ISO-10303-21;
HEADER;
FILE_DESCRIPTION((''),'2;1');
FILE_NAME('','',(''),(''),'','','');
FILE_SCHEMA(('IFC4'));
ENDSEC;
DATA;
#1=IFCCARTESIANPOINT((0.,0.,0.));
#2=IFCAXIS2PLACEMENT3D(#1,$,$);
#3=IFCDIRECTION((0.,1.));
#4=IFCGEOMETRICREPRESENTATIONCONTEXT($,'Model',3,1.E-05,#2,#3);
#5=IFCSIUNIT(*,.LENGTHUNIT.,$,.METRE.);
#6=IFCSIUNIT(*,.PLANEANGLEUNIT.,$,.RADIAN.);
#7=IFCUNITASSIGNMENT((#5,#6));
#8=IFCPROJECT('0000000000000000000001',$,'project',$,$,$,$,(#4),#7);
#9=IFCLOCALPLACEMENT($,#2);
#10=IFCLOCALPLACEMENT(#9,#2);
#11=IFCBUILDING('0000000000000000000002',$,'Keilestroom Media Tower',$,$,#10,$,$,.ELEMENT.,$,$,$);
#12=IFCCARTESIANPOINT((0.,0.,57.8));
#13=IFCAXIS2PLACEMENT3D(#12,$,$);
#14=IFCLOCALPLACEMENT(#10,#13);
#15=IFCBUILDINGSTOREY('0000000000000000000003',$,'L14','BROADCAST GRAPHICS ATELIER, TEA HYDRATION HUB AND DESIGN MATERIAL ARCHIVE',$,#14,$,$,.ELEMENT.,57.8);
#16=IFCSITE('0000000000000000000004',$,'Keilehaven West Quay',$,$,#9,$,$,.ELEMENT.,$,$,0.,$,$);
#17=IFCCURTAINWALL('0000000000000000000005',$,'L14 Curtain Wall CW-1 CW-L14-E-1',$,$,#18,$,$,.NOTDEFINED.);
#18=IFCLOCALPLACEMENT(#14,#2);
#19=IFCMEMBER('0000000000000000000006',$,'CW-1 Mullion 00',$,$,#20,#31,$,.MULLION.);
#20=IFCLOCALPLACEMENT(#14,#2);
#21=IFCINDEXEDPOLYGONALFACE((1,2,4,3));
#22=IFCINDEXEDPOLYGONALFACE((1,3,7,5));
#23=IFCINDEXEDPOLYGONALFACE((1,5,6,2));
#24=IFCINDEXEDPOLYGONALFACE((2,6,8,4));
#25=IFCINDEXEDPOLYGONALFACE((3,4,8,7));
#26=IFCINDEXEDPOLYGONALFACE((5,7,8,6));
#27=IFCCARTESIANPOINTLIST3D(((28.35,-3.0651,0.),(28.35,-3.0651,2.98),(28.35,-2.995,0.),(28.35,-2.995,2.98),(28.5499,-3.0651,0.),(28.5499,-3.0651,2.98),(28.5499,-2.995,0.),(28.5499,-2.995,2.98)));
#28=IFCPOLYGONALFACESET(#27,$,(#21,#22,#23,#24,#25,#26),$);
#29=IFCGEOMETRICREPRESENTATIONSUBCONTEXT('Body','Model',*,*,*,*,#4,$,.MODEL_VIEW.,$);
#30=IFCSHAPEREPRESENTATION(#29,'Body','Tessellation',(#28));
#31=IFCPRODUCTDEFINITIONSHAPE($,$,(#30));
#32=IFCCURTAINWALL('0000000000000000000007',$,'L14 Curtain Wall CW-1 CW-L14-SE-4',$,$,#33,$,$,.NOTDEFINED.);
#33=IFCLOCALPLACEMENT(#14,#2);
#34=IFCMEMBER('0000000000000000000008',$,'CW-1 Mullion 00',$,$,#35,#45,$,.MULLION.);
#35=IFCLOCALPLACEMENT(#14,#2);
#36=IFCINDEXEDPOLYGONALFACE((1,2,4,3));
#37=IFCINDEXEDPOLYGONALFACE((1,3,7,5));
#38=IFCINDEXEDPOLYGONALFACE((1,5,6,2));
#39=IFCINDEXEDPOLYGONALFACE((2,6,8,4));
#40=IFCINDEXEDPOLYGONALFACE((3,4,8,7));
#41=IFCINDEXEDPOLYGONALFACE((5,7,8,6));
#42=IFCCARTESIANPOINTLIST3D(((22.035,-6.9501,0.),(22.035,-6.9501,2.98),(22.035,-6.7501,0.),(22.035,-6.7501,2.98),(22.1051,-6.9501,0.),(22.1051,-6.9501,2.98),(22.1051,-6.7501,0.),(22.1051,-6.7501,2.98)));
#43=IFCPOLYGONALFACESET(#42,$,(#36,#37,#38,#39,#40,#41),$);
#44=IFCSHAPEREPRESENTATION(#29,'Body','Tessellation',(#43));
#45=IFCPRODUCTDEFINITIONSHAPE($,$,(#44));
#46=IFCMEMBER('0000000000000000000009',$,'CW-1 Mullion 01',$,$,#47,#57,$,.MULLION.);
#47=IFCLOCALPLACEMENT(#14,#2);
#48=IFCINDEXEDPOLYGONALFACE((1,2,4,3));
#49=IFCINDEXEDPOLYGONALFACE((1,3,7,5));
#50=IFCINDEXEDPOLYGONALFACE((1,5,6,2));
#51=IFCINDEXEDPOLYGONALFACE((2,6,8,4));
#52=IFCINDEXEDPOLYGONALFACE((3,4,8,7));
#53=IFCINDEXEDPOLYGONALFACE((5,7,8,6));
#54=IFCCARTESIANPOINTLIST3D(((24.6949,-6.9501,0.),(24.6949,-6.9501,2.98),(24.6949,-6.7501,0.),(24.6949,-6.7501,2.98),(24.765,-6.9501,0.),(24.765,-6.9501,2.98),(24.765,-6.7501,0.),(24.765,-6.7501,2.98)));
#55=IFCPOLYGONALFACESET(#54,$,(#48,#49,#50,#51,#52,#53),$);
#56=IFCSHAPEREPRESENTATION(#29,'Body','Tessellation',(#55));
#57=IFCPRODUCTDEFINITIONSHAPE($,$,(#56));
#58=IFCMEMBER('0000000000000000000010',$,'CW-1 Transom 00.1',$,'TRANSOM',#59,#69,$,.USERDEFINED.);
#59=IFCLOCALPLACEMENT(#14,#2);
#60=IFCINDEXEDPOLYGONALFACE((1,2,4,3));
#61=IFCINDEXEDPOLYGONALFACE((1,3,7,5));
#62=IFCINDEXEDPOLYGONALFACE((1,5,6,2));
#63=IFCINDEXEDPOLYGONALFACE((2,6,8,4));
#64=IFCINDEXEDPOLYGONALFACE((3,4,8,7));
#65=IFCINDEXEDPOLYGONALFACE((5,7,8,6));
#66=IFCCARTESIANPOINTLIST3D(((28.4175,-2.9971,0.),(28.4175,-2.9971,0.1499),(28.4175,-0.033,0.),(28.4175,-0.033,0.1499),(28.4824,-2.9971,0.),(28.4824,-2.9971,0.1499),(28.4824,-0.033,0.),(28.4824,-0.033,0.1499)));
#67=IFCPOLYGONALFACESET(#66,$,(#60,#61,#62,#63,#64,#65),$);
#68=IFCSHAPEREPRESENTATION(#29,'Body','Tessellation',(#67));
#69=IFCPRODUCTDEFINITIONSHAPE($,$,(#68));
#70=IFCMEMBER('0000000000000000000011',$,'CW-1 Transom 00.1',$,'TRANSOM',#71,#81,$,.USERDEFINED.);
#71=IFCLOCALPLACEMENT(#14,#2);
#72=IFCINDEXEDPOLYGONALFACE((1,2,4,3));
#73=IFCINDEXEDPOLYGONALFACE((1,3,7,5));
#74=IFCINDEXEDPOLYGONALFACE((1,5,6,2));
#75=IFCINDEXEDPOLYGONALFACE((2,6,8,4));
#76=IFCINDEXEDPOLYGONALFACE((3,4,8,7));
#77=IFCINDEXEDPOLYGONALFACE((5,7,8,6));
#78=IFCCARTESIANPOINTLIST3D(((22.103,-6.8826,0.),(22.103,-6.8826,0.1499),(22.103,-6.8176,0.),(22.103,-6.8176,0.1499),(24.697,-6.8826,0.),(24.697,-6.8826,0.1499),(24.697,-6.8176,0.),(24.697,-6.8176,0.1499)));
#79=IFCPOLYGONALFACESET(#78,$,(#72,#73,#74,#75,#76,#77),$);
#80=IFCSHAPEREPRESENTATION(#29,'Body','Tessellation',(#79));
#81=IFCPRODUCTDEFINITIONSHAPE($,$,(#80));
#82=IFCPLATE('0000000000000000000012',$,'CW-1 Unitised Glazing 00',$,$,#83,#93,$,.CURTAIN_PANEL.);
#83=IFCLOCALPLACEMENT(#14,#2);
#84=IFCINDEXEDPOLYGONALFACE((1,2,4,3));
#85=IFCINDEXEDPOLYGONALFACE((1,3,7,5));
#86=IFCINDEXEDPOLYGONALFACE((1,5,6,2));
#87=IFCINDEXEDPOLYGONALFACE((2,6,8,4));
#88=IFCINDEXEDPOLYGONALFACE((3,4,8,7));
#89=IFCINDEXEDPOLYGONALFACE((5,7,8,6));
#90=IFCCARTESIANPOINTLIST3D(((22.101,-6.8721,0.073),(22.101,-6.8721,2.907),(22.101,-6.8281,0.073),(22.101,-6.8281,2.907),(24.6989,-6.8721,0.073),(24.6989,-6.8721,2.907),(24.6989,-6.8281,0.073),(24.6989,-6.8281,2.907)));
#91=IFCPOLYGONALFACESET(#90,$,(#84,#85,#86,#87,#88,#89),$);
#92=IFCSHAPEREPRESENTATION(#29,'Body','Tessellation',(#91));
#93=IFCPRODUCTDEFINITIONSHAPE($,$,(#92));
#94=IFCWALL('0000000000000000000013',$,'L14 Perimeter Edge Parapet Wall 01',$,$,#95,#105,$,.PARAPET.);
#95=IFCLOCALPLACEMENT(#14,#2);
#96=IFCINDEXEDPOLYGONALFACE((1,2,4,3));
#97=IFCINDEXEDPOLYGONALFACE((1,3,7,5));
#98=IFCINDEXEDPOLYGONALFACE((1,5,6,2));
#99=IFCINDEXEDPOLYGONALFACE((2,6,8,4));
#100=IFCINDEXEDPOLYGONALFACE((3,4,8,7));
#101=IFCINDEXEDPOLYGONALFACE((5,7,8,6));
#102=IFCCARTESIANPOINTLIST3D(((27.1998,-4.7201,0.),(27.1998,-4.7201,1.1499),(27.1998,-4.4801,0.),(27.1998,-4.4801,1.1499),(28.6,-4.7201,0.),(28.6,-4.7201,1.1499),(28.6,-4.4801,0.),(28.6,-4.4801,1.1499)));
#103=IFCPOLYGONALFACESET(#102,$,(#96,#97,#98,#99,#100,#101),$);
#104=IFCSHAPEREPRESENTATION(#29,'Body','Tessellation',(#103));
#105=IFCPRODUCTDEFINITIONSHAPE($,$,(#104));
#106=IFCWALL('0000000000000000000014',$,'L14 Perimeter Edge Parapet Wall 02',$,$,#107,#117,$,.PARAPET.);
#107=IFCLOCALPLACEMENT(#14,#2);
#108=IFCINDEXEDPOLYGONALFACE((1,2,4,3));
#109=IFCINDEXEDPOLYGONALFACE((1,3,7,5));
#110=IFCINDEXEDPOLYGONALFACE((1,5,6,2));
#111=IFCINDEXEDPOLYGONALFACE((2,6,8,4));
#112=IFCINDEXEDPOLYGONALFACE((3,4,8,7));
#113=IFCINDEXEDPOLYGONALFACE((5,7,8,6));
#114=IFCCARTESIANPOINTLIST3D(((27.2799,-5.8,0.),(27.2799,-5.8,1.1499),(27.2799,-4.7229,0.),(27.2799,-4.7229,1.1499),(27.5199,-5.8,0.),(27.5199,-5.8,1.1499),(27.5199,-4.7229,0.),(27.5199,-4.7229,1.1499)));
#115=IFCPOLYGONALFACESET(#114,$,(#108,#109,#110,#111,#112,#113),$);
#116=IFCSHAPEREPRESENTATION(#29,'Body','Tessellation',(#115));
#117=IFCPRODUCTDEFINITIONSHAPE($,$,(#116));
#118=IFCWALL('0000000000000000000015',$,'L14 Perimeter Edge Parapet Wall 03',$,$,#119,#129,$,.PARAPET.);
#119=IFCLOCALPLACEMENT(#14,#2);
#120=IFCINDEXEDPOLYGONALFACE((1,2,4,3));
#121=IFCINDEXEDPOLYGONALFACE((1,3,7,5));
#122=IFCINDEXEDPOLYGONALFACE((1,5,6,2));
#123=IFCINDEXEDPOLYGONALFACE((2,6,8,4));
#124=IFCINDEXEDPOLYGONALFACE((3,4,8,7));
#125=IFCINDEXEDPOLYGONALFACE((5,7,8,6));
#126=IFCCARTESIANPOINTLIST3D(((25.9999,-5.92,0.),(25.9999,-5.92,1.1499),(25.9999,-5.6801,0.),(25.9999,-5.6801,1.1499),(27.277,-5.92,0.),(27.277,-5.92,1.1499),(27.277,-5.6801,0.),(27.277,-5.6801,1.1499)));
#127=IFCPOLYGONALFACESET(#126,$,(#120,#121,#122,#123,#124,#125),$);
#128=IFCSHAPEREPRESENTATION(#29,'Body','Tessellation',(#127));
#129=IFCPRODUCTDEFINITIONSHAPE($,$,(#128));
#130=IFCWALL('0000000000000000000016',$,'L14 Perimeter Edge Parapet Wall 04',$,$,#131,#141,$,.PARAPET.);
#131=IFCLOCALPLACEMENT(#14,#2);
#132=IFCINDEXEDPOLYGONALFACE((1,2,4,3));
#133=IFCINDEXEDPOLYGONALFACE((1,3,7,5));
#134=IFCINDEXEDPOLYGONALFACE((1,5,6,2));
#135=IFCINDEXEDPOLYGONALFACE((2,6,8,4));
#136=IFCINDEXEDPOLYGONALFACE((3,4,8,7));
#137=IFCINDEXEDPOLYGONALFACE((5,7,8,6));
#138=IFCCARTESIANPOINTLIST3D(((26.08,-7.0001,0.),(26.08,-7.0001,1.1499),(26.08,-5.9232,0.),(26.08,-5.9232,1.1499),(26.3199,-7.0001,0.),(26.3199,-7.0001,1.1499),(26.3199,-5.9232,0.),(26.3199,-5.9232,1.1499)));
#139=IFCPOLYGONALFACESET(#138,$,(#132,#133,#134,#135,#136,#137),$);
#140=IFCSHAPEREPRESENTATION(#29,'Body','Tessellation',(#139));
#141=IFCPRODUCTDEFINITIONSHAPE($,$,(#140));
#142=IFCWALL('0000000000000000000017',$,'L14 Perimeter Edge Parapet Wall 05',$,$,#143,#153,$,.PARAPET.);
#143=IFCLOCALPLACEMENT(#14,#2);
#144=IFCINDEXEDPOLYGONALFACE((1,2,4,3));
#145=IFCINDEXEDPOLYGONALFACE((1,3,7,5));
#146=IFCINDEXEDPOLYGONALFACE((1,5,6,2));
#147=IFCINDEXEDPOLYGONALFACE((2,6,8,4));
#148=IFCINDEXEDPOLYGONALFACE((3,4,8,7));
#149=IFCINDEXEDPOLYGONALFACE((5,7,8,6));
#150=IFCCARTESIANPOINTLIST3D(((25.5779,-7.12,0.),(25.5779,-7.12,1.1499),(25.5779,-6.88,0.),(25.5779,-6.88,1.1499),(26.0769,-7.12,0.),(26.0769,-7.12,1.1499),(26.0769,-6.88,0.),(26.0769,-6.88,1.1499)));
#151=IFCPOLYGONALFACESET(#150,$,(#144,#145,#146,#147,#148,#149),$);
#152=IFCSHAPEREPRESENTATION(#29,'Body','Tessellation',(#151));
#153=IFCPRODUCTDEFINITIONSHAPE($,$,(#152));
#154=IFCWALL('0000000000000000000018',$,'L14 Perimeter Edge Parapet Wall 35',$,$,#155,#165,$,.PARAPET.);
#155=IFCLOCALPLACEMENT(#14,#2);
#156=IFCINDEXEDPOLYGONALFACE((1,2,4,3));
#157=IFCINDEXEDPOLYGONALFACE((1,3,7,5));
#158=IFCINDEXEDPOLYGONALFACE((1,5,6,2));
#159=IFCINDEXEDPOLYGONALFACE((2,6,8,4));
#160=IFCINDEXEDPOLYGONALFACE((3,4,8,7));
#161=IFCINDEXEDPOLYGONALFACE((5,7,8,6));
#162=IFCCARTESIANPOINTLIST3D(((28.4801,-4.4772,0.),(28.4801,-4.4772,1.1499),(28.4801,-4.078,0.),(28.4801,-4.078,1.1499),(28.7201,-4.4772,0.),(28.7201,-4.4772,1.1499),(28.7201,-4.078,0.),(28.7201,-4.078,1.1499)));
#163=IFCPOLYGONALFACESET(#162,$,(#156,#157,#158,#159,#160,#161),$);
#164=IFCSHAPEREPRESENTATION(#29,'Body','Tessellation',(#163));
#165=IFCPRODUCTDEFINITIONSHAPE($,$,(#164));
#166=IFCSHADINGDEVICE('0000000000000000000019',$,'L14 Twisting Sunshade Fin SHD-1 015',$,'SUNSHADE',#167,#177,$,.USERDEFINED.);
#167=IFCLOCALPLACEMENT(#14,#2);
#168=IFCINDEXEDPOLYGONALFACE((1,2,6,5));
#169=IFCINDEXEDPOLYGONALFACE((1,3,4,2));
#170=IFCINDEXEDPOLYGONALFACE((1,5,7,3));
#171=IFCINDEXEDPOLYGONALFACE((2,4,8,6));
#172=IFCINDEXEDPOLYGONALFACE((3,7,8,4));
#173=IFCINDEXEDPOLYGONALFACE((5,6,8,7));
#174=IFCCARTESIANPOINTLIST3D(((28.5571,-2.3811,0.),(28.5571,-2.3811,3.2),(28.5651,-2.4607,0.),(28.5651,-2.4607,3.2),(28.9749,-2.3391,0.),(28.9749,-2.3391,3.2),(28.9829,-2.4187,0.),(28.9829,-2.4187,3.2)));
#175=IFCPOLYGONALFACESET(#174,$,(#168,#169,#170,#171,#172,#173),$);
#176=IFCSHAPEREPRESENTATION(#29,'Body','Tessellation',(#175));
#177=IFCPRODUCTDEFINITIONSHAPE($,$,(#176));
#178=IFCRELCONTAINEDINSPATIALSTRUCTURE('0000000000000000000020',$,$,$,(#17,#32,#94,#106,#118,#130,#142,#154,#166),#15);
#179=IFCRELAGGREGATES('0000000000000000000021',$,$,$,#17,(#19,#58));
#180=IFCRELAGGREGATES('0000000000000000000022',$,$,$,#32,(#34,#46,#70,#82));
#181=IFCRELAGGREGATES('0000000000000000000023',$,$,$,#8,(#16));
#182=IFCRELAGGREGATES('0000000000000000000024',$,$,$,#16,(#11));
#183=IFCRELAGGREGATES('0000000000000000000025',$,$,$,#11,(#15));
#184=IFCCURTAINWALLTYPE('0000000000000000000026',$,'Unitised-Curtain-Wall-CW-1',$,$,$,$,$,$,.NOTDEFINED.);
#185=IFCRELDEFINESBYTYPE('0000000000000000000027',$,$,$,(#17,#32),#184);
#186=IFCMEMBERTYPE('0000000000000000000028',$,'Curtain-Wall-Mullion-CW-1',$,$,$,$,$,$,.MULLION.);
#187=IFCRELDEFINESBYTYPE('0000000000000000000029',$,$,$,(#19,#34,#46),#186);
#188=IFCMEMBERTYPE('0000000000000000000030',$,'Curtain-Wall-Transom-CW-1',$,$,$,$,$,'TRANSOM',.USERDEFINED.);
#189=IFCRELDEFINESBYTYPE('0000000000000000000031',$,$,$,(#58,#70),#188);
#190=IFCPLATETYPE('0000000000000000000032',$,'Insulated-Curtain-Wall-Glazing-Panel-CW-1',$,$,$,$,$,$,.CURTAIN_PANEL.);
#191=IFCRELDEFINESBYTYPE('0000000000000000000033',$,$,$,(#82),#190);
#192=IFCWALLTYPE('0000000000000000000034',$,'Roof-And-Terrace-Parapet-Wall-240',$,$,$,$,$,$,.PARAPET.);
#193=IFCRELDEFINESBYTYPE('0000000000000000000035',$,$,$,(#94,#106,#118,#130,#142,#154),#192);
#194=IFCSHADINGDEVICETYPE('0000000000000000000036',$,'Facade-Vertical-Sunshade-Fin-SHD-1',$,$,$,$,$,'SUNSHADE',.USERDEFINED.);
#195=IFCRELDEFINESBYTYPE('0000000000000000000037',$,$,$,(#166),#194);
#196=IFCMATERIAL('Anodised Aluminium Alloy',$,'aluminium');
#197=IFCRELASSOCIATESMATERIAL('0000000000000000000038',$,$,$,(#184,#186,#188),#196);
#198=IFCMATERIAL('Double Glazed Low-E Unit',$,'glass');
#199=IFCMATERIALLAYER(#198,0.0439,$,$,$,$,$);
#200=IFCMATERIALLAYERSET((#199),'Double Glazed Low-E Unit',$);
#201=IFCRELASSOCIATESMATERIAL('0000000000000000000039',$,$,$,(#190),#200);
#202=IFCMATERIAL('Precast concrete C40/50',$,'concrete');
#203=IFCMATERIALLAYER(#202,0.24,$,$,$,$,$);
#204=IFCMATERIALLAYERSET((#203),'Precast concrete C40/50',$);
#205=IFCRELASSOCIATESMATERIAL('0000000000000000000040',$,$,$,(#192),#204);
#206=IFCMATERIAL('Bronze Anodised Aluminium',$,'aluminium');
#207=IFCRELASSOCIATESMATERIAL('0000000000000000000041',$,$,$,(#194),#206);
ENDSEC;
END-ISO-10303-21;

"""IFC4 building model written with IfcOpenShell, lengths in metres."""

from ifc_helpers import new_model, si_unit, direction, frame, frame_2d, origin, origin_2d, place, context, subcontext, project, spatial, rectangle, extrude, source, transform, mapped, material, layer, layer_set, material_profile, profile_set, type_object, element, aggregate, save


model = new_model("IFC4")

# Units and contexts
model_context = context("Model", 3, precision=1e-05, world=origin(), true_north=direction((0.0, 1.0)))
body_context = subcontext(model_context, "Body", "Model", "MODEL_VIEW")
ifc_project = project(units=[si_unit("LENGTHUNIT", "METRE"), si_unit("PLANEANGLEUNIT", "RADIAN")], contexts=[model_context])

# Site, building, storey
site_placement = place(None, origin())
site = spatial("IfcSite", under=ifc_project, at=site_placement, Name="Keilehaven West Quay", CompositionType="ELEMENT", RefElevation=0.0)
building_placement = place(site_placement, origin())
building = spatial("IfcBuilding", under=site, at=building_placement, Name="Keilestroom Media Tower", CompositionType="ELEMENT")
storey_placement = place(building_placement, frame((0.0, 0.0, 57.8)))
storey = spatial("IfcBuildingStorey", under=building, at=storey_placement, Name="L14", Description="BROADCAST GRAPHICS ATELIER, TEA HYDRATION HUB AND DESIGN MATERIAL ARCHIVE", CompositionType="ELEMENT", Elevation=57.8)

# Shared definitions
ifc_material_1 = material(Name="Precast concrete C40/50", Category="concrete")

# Curtain wall, member
ifc_material_2 = material(Name="Anodised Aluminium Alloy", Category="aluminium")
curtain_wall_type = type_object("IfcCurtainWallType", Name="Unitised-Curtain-Wall-CW-1", PredefinedType="NOTDEFINED", material=ifc_material_2)
curtain_wall_1_placement = place(storey_placement, origin())
curtain_wall_1 = element("IfcCurtainWall", 1, at=curtain_wall_1_placement, inside=storey, type_object=curtain_wall_type, Name="L14 Curtain Wall CW-1 CW-L14-E-1", PredefinedType="NOTDEFINED")
ifc_material_profile_1 = material_profile(ifc_material_2, rectangle(XDim=0.0701, YDim=0.2, at=origin_2d()), Name="ALU MULLION 70x200")
ifc_profile_set_1 = profile_set([ifc_material_profile_1], Name="Anodised Aluminium Alloy")
member_type_1 = type_object("IfcMemberType", Name="Curtain-Wall-Mullion-CW-1", PredefinedType="MULLION", material=ifc_profile_set_1)
shared_shape_1 = source(origin(), body_context, "Body", "SweptSolid", [
    extrude(rectangle(XDim=0.0701, YDim=0.2, at=origin_2d()), origin(), (0.0, 0.0, 1.0), 2.98),
])
member_1_placement = place(storey_placement, frame((28.45, -3.03, 0.0), z_axis=(0.0, 0.0, 1.0), x_axis=(0.0, 1.0, 0.0)))
member_1 = element("IfcMember", 2, at=member_1_placement, type_object=member_type_1, Name="CW-1 Mullion 00", PredefinedType="MULLION", context=body_context, shape_type="MappedRepresentation", body=[
    mapped(shared_shape_1, transform((0.0, 0.0, 0.0), x_axis=(1.0, 0.0, 0.0), y_axis=(0.0, 1.0, 0.0), z_axis=(0.0, 0.0, 1.0), scale=1.0)),
])

# Curtain wall, members
curtain_wall_2_placement = place(storey_placement, origin())
curtain_wall_2 = element("IfcCurtainWall", 3, at=curtain_wall_2_placement, inside=storey, type_object=curtain_wall_type, Name="L14 Curtain Wall CW-1 CW-L14-SE-4", PredefinedType="NOTDEFINED")
member_2_placement = place(storey_placement, frame((22.0701, -6.8501, 0.0), z_axis=(0.0, 0.0, 1.0), x_axis=(1.0, 0.0, 0.0)))
member_2 = element("IfcMember", 4, at=member_2_placement, type_object=member_type_1, Name="CW-1 Mullion 00", PredefinedType="MULLION", context=body_context, shape_type="MappedRepresentation", body=[
    mapped(shared_shape_1, transform((0.0, 0.0, 0.0), x_axis=(1.0, 0.0, 0.0), y_axis=(0.0, 1.0, 0.0), z_axis=(0.0, 0.0, 1.0), scale=1.0)),
])
member_3_placement = place(storey_placement, frame((24.73, -6.8501, 0.0), z_axis=(0.0, 0.0, 1.0), x_axis=(1.0, 0.0, 0.0)))
member_3 = element("IfcMember", 5, at=member_3_placement, type_object=member_type_1, Name="CW-1 Mullion 01", PredefinedType="MULLION", context=body_context, shape_type="MappedRepresentation", body=[
    mapped(shared_shape_1, transform((0.0, 0.0, 0.0), x_axis=(1.0, 0.0, 0.0), y_axis=(0.0, 1.0, 0.0), z_axis=(0.0, 0.0, 1.0), scale=1.0)),
])

# Members
ifc_material_profile_2 = material_profile(ifc_material_2, rectangle(XDim=0.0649, YDim=0.1499, at=origin_2d()), Name="ALU TRANSOM 65x150")
ifc_profile_set_2 = profile_set([ifc_material_profile_2], Name="Anodised Aluminium Alloy")
member_type_2 = type_object("IfcMemberType", Name="Curtain-Wall-Transom-CW-1", ElementType="TRANSOM", PredefinedType="USERDEFINED", material=ifc_profile_set_2)
shared_shape_2 = source(origin(), body_context, "Body", "SweptSolid", [
    extrude(rectangle(XDim=0.0649, YDim=0.1499, at=origin_2d()), origin(), (0.0, 0.0, 1.0), 2.9641),
])
member_4_placement = place(storey_placement, frame((28.45, -2.9971, 0.075), z_axis=(0.0, 1.0, 0.0), x_axis=(-1.0, 0.0, 0.0)))
member_4 = element("IfcMember", 6, at=member_4_placement, type_object=member_type_2, Name="CW-1 Transom 00.1", ObjectType="TRANSOM", PredefinedType="USERDEFINED", context=body_context, shape_type="MappedRepresentation", body=[
    mapped(shared_shape_2, transform((0.0, 0.0, 0.0), x_axis=(1.0, 0.0, 0.0), y_axis=(0.0, 1.0, 0.0), z_axis=(0.0, 0.0, 1.0), scale=1.0)),
])
aggregate(curtain_wall_1, [member_1, member_4])
shared_shape_3 = source(origin(), body_context, "Body", "SweptSolid", [
    extrude(rectangle(XDim=0.0649, YDim=0.1499, at=origin_2d()), origin(), (0.0, 0.0, 1.0), 2.594),
])
member_5_placement = place(storey_placement, frame((22.103, -6.8501, 0.075), z_axis=(1.0, 0.0, 0.0), x_axis=(0.0, 1.0, 0.0)))
member_5 = element("IfcMember", 7, at=member_5_placement, type_object=member_type_2, Name="CW-1 Transom 00.1", ObjectType="TRANSOM", PredefinedType="USERDEFINED", context=body_context, shape_type="MappedRepresentation", body=[
    mapped(shared_shape_3, transform((0.0, 0.0, 0.0), x_axis=(1.0, 0.0, 0.0), y_axis=(0.0, 1.0, 0.0), z_axis=(0.0, 0.0, 1.0), scale=1.0)),
])

# Plate
ifc_material_3 = material(Name="Double Glazed Low-E Unit", Category="glass")
ifc_layer_1 = layer(ifc_material_3, 0.0439)
ifc_layer_set_1 = layer_set([ifc_layer_1], Name="Double Glazed Low-E Unit")
plate_type = type_object("IfcPlateType", Name="Insulated-Curtain-Wall-Glazing-Panel-CW-1", PredefinedType="CURTAIN_PANEL", material=ifc_layer_set_1)
shared_shape_4 = source(origin(), body_context, "Body", "SweptSolid", [
    extrude(rectangle(XDim=2.5979, YDim=0.0439, at=origin_2d()), origin(), (0.0, 0.0, 1.0), 2.834),
])
plate_placement = place(storey_placement, frame((23.3999, -6.8501, 0.073), z_axis=(0.0, 0.0, 1.0), x_axis=(1.0, 0.0, 0.0)))
plate = element("IfcPlate", 8, at=plate_placement, type_object=plate_type, Name="CW-1 Unitised Glazing 00", PredefinedType="CURTAIN_PANEL", context=body_context, shape_type="MappedRepresentation", body=[
    mapped(shared_shape_4, transform((0.0, 0.0, 0.0), x_axis=(1.0, 0.0, 0.0), y_axis=(0.0, 1.0, 0.0), z_axis=(0.0, 0.0, 1.0), scale=1.0)),
])
aggregate(curtain_wall_2, [member_2, member_3, member_5, plate])

# Walls
ifc_layer_2 = layer(ifc_material_1, 0.24)
ifc_layer_set_2 = layer_set([ifc_layer_2], Name="Precast concrete C40/50")
wall_type = type_object("IfcWallType", Name="Roof-And-Terrace-Parapet-Wall-240", PredefinedType="PARAPET", material=ifc_layer_set_2)
wall_1_placement = place(storey_placement, frame((28.6001, -4.6001, 0.0), z_axis=(0.0, 0.0, 1.0), x_axis=(-1.0, 0.0, 0.0)))
element("IfcWall", 9, at=wall_1_placement, inside=storey, type_object=wall_type, Name="L14 Perimeter Edge Parapet Wall 01", PredefinedType="PARAPET", context=body_context, shape_type="SweptSolid", body=[
    extrude(rectangle(XDim=1.4001, YDim=0.24, at=frame_2d((0.7002, 0.0))), origin(), (0.0, 0.0, 1.0), 1.1499),
])
wall_2_placement = place(storey_placement, frame((27.3999, -4.7229, 0.0), z_axis=(0.0, 0.0, 1.0), x_axis=(0.0, -1.0, 0.0)))
element("IfcWall", 10, at=wall_2_placement, inside=storey, type_object=wall_type, Name="L14 Perimeter Edge Parapet Wall 02", PredefinedType="PARAPET", context=body_context, shape_type="SweptSolid", body=[
    extrude(rectangle(XDim=1.0771, YDim=0.24, at=frame_2d((0.5386, 0.0))), origin(), (0.0, 0.0, 1.0), 1.1499),
])
wall_3_placement = place(storey_placement, frame((27.2771, -5.8, 0.0), z_axis=(0.0, 0.0, 1.0), x_axis=(-1.0, 0.0, 0.0)))
element("IfcWall", 11, at=wall_3_placement, inside=storey, type_object=wall_type, Name="L14 Perimeter Edge Parapet Wall 03", PredefinedType="PARAPET", context=body_context, shape_type="SweptSolid", body=[
    extrude(rectangle(XDim=1.2771, YDim=0.24, at=frame_2d((0.6387, 0.0))), origin(), (0.0, 0.0, 1.0), 1.1499),
])
wall_4_placement = place(storey_placement, frame((26.2, -5.9231, 0.0), z_axis=(0.0, 0.0, 1.0), x_axis=(0.0, -1.0, 0.0)))
element("IfcWall", 12, at=wall_4_placement, inside=storey, type_object=wall_type, Name="L14 Perimeter Edge Parapet Wall 04", PredefinedType="PARAPET", context=body_context, shape_type="SweptSolid", body=[
    extrude(rectangle(XDim=1.0769, YDim=0.24, at=frame_2d((0.5386, 0.0))), origin(), (0.0, 0.0, 1.0), 1.1499),
])
wall_5_placement = place(storey_placement, frame((26.0769, -7.0, 0.0), z_axis=(0.0, 0.0, 1.0), x_axis=(-1.0, 0.0, 0.0)))
element("IfcWall", 13, at=wall_5_placement, inside=storey, type_object=wall_type, Name="L14 Perimeter Edge Parapet Wall 05", PredefinedType="PARAPET", context=body_context, shape_type="SweptSolid", body=[
    extrude(rectangle(XDim=0.499, YDim=0.24, at=frame_2d((0.2495, 0.0))), origin(), (0.0, 0.0, 1.0), 1.1499),
])
wall_6_placement = place(storey_placement, frame((28.6001, -4.0779, 0.0), z_axis=(0.0, 0.0, 1.0), x_axis=(0.0, -1.0, 0.0)))
element("IfcWall", 14, at=wall_6_placement, inside=storey, type_object=wall_type, Name="L14 Perimeter Edge Parapet Wall 35", PredefinedType="PARAPET", context=body_context, shape_type="SweptSolid", body=[
    extrude(rectangle(XDim=0.3992, YDim=0.24, at=frame_2d((0.1997, 0.0))), origin(), (0.0, 0.0, 1.0), 1.1499),
])

# Shading device
ifc_material_4 = material(Name="Bronze Anodised Aluminium", Category="aluminium")
shading_device_type = type_object("IfcShadingDeviceType", Name="Facade-Vertical-Sunshade-Fin-SHD-1", ElementType="SUNSHADE", PredefinedType="USERDEFINED", material=ifc_material_4)
shared_shape_5 = source(origin(), body_context, "Body", "SweptSolid", [
    extrude(rectangle(XDim=0.4199, YDim=0.0801, at=origin_2d()), origin(), (0.0, 0.0, 1.0), 3.2),
])
shading_device_placement = place(storey_placement, frame((28.77, -2.3999, 0.0), z_axis=(0.0, 0.0, 1.0), x_axis=(0.994986, 0.100014, 0.0)))
element("IfcShadingDevice", 15, at=shading_device_placement, inside=storey, type_object=shading_device_type, Name="L14 Twisting Sunshade Fin SHD-1 015", ObjectType="SUNSHADE", PredefinedType="USERDEFINED", context=body_context, shape_type="MappedRepresentation", body=[
    mapped(shared_shape_5, transform((0.0, 0.0, 0.0), x_axis=(1.0, 0.0, 0.0), y_axis=(0.0, 1.0, 0.0), z_axis=(0.0, 0.0, 1.0), scale=1.0)),
])

save(model, "model.ifc")
